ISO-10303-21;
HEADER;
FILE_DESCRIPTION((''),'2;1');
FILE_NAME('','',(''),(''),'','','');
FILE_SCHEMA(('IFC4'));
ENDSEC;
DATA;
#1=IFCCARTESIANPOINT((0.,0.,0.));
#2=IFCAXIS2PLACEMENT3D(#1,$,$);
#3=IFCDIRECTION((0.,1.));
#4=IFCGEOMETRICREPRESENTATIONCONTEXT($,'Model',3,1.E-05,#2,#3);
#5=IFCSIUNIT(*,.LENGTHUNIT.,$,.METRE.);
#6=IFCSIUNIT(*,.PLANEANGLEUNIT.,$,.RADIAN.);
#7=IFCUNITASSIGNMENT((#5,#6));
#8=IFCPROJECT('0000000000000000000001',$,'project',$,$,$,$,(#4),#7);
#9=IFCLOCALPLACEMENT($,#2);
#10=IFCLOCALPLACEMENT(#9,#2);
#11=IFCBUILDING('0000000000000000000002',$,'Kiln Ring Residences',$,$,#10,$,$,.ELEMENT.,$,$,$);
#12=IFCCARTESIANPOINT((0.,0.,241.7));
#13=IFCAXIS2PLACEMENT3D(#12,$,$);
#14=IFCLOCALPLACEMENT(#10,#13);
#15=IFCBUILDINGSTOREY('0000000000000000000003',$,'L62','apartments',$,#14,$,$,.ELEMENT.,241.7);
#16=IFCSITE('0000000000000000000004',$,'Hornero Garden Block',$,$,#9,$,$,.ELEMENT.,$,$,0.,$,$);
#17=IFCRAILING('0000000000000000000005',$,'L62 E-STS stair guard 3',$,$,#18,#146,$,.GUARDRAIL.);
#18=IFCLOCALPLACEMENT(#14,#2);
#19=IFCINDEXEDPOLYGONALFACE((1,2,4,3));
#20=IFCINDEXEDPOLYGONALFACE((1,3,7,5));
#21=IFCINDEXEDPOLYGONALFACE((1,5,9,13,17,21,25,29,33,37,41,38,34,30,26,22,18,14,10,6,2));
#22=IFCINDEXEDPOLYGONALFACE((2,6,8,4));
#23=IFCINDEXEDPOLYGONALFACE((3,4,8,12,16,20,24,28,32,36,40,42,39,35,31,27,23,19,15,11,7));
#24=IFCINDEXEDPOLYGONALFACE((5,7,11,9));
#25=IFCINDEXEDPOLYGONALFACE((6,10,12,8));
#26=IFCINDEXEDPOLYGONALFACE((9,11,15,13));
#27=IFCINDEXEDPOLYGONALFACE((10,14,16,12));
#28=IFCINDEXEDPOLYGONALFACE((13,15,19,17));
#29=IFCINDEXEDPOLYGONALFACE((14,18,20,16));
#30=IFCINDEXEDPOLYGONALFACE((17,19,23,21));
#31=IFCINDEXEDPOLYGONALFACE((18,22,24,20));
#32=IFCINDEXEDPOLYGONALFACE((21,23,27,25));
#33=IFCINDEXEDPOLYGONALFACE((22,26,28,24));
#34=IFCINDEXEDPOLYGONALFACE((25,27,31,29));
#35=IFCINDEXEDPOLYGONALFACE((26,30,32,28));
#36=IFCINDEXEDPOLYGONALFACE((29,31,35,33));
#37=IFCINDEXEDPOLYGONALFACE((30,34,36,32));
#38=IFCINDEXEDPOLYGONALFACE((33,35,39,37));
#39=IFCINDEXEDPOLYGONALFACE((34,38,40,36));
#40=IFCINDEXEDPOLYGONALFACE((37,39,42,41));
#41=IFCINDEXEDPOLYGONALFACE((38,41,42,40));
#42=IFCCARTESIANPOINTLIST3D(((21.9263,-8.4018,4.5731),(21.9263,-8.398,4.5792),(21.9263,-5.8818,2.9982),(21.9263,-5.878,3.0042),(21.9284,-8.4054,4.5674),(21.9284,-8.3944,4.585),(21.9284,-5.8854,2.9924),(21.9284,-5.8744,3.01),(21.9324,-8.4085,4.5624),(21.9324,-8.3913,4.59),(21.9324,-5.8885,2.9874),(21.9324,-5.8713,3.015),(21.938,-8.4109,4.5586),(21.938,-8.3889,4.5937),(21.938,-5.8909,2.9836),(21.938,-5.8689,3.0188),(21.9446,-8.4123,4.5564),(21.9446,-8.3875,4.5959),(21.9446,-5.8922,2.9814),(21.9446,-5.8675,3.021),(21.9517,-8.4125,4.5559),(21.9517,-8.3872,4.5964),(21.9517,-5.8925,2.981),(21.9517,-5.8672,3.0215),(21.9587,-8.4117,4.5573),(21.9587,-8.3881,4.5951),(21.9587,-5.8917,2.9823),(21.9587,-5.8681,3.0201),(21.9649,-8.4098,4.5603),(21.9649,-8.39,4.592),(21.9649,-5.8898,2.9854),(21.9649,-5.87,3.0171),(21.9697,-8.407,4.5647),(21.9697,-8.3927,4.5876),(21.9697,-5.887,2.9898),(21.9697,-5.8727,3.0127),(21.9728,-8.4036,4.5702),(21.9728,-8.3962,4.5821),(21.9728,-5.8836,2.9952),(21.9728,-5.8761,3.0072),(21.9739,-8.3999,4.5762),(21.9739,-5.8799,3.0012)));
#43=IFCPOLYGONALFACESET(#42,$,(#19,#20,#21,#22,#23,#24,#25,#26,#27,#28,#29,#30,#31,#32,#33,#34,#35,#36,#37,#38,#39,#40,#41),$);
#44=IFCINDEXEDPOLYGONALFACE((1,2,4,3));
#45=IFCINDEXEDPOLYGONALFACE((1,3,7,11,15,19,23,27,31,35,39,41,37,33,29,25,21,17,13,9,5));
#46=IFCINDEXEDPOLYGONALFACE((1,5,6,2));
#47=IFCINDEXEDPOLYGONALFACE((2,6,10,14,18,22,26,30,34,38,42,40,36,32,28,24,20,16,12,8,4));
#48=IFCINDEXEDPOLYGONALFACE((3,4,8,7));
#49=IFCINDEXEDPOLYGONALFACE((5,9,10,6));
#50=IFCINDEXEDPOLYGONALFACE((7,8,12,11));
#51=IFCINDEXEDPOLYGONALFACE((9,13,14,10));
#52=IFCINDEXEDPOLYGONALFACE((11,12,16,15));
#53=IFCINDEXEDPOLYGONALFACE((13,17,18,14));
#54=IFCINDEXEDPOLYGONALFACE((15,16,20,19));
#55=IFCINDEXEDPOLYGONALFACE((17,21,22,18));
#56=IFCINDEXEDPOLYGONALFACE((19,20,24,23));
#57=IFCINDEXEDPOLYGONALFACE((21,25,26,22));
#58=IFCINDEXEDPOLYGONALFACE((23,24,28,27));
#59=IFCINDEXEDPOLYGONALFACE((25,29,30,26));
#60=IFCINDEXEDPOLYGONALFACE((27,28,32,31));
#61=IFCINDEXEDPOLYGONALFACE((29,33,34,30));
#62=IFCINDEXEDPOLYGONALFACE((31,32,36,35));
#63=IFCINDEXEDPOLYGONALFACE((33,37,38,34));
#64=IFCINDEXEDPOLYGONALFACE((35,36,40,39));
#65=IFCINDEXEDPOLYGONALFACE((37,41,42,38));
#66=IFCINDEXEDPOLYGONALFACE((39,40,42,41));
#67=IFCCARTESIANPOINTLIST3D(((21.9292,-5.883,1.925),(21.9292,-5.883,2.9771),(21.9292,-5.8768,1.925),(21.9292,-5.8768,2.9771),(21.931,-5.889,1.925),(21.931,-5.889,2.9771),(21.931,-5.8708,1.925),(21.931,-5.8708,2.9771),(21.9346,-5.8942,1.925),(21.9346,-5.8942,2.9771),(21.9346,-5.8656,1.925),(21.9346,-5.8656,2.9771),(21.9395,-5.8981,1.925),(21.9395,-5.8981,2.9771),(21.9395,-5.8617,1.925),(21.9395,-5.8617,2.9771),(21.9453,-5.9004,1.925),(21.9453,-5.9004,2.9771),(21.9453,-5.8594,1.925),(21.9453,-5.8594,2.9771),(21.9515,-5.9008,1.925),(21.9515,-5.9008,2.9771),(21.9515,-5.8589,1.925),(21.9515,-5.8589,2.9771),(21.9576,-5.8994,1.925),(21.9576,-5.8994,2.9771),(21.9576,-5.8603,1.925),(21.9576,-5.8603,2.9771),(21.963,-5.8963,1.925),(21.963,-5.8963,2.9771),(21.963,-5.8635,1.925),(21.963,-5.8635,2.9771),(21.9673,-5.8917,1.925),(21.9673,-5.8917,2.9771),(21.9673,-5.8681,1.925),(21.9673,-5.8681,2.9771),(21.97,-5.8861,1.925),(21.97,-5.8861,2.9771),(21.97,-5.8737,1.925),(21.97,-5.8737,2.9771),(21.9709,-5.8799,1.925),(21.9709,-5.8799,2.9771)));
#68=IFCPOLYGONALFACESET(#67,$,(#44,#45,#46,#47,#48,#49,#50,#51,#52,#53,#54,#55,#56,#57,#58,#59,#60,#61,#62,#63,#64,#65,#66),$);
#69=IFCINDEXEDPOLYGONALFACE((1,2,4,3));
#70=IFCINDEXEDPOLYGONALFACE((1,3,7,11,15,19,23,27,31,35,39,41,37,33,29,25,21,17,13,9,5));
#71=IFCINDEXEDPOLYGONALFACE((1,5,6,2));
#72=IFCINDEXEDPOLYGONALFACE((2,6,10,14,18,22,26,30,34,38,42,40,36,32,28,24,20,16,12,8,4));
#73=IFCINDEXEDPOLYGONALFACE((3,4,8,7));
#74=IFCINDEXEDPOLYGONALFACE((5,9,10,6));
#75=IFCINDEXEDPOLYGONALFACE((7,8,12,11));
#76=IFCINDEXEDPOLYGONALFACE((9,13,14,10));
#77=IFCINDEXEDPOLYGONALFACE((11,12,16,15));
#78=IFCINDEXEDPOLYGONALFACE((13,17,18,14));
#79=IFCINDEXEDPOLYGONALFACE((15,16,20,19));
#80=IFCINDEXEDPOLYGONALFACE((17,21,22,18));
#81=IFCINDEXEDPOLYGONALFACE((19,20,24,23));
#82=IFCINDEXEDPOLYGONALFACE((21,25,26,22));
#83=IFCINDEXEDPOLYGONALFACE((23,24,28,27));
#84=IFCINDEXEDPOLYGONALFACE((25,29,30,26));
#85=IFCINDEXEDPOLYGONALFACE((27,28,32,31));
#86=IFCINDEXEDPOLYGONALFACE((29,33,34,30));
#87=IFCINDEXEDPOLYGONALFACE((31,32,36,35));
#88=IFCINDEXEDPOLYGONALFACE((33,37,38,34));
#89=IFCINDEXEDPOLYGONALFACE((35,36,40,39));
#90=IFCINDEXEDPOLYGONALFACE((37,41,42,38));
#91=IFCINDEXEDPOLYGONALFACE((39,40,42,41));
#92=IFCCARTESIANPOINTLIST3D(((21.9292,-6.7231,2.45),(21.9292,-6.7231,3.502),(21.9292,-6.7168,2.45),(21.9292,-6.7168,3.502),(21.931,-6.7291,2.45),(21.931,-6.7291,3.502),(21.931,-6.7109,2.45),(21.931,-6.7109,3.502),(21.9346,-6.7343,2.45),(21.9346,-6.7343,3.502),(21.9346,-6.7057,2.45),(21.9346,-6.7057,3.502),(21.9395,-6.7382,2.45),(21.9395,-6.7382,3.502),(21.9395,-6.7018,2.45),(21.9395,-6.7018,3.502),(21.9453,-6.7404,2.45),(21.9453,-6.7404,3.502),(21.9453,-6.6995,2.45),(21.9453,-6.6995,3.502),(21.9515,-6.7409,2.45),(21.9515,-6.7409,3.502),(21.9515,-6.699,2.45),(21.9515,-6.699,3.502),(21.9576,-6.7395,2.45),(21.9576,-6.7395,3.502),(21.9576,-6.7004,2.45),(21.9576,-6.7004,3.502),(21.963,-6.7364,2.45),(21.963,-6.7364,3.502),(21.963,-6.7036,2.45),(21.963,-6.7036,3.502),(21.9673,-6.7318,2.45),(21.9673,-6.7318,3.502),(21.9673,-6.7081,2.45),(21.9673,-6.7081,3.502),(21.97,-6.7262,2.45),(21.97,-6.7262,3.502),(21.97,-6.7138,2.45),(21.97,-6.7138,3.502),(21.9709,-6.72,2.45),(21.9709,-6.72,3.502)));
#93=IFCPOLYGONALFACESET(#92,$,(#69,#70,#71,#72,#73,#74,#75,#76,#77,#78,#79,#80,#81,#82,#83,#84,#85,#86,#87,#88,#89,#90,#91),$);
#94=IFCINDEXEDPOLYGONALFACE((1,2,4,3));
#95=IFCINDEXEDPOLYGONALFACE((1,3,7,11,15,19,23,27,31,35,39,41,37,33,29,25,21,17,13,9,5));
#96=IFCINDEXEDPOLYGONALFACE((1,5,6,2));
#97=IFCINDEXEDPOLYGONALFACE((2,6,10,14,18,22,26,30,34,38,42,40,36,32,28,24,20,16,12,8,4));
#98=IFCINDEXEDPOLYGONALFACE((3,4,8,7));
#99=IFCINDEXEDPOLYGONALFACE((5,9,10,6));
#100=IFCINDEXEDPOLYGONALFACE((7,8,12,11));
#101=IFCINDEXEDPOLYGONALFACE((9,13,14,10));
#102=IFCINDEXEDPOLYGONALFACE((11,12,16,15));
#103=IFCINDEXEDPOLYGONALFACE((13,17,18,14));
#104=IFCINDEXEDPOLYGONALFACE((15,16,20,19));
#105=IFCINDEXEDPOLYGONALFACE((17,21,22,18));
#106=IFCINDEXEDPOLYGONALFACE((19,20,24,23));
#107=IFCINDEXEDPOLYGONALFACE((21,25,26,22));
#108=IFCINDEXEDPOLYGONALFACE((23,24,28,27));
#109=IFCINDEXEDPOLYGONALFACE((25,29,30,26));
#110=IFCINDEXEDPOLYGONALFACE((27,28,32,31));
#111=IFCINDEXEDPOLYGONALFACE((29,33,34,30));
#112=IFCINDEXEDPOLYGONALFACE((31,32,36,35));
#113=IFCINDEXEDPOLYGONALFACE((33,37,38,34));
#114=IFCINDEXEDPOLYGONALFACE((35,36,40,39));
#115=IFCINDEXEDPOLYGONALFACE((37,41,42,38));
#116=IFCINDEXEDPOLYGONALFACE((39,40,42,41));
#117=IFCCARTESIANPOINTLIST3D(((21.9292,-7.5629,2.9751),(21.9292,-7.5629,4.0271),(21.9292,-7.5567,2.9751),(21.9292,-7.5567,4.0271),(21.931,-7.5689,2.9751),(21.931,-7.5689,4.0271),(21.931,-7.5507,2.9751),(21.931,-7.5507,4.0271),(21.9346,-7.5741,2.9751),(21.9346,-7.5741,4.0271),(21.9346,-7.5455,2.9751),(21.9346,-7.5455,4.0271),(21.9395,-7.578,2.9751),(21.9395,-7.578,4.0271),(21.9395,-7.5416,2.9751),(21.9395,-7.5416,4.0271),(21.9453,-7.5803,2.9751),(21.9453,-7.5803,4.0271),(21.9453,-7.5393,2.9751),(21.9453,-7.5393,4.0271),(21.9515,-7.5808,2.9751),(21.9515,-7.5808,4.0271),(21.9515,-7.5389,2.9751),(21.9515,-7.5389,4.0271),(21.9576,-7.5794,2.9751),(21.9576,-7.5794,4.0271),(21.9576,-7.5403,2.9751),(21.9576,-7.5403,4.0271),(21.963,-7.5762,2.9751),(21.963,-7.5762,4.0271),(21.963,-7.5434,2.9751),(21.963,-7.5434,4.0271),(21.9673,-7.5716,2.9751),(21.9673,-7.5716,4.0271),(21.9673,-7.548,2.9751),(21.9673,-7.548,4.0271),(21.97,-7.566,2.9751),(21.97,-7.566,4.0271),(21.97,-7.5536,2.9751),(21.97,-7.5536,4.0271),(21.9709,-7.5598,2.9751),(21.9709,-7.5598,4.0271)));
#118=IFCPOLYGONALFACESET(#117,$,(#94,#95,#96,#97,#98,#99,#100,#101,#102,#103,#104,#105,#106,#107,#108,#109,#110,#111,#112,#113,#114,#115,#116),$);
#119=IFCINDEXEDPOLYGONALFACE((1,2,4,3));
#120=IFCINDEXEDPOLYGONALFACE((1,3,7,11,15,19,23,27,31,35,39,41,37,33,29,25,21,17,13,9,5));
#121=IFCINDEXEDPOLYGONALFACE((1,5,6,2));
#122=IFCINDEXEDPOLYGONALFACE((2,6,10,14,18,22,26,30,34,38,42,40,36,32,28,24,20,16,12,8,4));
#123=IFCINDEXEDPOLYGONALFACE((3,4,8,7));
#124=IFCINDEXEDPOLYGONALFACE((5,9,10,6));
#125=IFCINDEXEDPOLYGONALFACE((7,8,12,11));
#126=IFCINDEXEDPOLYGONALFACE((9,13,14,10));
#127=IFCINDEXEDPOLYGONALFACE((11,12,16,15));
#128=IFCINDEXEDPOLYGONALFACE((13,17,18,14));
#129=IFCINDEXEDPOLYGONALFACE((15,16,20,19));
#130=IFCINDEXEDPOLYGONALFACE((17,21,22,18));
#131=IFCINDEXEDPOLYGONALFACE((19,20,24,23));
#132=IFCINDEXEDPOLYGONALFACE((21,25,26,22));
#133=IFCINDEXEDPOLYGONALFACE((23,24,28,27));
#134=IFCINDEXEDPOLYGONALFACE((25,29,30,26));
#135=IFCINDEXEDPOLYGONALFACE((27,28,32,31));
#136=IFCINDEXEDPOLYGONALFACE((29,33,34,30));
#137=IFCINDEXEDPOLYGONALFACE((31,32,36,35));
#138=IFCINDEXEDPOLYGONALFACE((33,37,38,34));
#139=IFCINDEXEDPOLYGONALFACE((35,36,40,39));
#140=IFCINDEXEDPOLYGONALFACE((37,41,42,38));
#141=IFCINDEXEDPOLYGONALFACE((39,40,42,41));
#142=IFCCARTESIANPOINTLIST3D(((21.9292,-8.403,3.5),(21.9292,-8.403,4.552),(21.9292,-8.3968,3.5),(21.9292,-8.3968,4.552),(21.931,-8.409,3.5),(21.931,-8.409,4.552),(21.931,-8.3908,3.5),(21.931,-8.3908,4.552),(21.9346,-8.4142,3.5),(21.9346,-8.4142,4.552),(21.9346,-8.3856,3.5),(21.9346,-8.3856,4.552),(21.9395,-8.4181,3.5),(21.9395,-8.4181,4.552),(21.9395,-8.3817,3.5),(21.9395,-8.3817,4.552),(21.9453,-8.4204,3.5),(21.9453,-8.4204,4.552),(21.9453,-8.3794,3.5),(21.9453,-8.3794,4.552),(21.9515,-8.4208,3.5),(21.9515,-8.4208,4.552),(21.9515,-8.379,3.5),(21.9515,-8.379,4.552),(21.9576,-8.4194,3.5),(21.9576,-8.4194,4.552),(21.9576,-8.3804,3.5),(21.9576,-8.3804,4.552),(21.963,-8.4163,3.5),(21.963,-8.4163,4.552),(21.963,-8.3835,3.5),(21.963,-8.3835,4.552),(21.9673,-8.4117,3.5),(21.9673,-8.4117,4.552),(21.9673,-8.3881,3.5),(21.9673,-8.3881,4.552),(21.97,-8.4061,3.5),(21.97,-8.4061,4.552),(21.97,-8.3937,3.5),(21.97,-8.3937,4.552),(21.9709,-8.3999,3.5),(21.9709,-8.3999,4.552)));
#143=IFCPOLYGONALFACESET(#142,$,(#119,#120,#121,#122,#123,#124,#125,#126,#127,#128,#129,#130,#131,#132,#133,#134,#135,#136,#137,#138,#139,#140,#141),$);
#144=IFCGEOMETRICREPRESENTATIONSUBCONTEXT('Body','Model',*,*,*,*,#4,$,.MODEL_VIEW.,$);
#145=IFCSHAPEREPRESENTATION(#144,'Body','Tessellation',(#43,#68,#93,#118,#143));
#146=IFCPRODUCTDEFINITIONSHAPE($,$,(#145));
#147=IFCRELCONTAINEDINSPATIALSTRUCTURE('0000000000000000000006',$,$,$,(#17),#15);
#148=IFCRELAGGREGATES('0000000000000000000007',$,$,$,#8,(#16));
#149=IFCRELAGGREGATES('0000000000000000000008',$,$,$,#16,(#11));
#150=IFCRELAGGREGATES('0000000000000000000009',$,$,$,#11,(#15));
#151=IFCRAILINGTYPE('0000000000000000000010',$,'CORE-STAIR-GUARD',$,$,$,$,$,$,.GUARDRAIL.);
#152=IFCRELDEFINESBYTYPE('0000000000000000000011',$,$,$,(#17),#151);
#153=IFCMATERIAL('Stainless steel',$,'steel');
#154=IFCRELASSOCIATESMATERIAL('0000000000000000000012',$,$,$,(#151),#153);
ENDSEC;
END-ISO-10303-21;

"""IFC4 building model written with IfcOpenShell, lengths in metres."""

from ifc_helpers import new_model, si_unit, direction, frame, origin, origin_2d, place, context, subcontext, project, spatial, circle, extrude, material, type_object, element, save


model = new_model("IFC4")

# Units and contexts
model_context = context("Model", 3, precision=1e-05, world=origin(), true_north=direction((0.0, 1.0)))
body_context = subcontext(model_context, "Body", "Model", "MODEL_VIEW")
ifc_project = project(units=[si_unit("LENGTHUNIT", "METRE"), si_unit("PLANEANGLEUNIT", "RADIAN")], contexts=[model_context])

# Site, building, storey
site_placement = place(None, origin())
site = spatial("IfcSite", under=ifc_project, at=site_placement, Name="Hornero Garden Block", CompositionType="ELEMENT", RefElevation=0.0)
building_placement = place(site_placement, origin())
building = spatial("IfcBuilding", under=site, at=building_placement, Name="Kiln Ring Residences", CompositionType="ELEMENT")
storey_placement = place(building_placement, frame((0.0, 0.0, 241.7)))
storey = spatial("IfcBuildingStorey", under=building, at=storey_placement, Name="L62", Description="apartments", CompositionType="ELEMENT", Elevation=241.7)

# Railing
ifc_material_1 = material(Name="Stainless steel", Category="steel")
railing_type_1 = type_object("IfcRailingType", Name="CORE-STAIR-GUARD", PredefinedType="GUARDRAIL", material=ifc_material_1)
railing_1_placement = place(storey_placement, frame((21.95, -5.8799, 1.925)))
element("IfcRailing", 1, at=railing_1_placement, inside=storey, type_object=railing_type_1, Name="L62 E-STS stair guard 3", PredefinedType="GUARDRAIL", context=body_context, shape_type="SweptSolid", body=[
    extrude(circle(Radius=0.0239, at=origin_2d()), frame((0.0, 0.0, 1.0762), z_axis=(0.0, -0.848008, 0.529984), x_axis=(1.0, 0.0, 0.0)), (0.0, 0.0, 1.0), 2.9717),
    extrude(circle(Radius=0.021, at=origin_2d()), origin(), (0.0, 0.0, 1.0), 1.052),
    extrude(circle(Radius=0.021, at=origin_2d()), frame((0.0, -0.8401, 0.5249)), (0.0, 0.0, 1.0), 1.052),
    extrude(circle(Radius=0.021, at=origin_2d()), frame((0.0, -1.6799, 1.05)), (0.0, 0.0, 1.0), 1.052),
    extrude(circle(Radius=0.021, at=origin_2d()), frame((0.0, -2.52, 1.575)), (0.0, 0.0, 1.0), 1.052),
])

save(model, "model.ifc")
